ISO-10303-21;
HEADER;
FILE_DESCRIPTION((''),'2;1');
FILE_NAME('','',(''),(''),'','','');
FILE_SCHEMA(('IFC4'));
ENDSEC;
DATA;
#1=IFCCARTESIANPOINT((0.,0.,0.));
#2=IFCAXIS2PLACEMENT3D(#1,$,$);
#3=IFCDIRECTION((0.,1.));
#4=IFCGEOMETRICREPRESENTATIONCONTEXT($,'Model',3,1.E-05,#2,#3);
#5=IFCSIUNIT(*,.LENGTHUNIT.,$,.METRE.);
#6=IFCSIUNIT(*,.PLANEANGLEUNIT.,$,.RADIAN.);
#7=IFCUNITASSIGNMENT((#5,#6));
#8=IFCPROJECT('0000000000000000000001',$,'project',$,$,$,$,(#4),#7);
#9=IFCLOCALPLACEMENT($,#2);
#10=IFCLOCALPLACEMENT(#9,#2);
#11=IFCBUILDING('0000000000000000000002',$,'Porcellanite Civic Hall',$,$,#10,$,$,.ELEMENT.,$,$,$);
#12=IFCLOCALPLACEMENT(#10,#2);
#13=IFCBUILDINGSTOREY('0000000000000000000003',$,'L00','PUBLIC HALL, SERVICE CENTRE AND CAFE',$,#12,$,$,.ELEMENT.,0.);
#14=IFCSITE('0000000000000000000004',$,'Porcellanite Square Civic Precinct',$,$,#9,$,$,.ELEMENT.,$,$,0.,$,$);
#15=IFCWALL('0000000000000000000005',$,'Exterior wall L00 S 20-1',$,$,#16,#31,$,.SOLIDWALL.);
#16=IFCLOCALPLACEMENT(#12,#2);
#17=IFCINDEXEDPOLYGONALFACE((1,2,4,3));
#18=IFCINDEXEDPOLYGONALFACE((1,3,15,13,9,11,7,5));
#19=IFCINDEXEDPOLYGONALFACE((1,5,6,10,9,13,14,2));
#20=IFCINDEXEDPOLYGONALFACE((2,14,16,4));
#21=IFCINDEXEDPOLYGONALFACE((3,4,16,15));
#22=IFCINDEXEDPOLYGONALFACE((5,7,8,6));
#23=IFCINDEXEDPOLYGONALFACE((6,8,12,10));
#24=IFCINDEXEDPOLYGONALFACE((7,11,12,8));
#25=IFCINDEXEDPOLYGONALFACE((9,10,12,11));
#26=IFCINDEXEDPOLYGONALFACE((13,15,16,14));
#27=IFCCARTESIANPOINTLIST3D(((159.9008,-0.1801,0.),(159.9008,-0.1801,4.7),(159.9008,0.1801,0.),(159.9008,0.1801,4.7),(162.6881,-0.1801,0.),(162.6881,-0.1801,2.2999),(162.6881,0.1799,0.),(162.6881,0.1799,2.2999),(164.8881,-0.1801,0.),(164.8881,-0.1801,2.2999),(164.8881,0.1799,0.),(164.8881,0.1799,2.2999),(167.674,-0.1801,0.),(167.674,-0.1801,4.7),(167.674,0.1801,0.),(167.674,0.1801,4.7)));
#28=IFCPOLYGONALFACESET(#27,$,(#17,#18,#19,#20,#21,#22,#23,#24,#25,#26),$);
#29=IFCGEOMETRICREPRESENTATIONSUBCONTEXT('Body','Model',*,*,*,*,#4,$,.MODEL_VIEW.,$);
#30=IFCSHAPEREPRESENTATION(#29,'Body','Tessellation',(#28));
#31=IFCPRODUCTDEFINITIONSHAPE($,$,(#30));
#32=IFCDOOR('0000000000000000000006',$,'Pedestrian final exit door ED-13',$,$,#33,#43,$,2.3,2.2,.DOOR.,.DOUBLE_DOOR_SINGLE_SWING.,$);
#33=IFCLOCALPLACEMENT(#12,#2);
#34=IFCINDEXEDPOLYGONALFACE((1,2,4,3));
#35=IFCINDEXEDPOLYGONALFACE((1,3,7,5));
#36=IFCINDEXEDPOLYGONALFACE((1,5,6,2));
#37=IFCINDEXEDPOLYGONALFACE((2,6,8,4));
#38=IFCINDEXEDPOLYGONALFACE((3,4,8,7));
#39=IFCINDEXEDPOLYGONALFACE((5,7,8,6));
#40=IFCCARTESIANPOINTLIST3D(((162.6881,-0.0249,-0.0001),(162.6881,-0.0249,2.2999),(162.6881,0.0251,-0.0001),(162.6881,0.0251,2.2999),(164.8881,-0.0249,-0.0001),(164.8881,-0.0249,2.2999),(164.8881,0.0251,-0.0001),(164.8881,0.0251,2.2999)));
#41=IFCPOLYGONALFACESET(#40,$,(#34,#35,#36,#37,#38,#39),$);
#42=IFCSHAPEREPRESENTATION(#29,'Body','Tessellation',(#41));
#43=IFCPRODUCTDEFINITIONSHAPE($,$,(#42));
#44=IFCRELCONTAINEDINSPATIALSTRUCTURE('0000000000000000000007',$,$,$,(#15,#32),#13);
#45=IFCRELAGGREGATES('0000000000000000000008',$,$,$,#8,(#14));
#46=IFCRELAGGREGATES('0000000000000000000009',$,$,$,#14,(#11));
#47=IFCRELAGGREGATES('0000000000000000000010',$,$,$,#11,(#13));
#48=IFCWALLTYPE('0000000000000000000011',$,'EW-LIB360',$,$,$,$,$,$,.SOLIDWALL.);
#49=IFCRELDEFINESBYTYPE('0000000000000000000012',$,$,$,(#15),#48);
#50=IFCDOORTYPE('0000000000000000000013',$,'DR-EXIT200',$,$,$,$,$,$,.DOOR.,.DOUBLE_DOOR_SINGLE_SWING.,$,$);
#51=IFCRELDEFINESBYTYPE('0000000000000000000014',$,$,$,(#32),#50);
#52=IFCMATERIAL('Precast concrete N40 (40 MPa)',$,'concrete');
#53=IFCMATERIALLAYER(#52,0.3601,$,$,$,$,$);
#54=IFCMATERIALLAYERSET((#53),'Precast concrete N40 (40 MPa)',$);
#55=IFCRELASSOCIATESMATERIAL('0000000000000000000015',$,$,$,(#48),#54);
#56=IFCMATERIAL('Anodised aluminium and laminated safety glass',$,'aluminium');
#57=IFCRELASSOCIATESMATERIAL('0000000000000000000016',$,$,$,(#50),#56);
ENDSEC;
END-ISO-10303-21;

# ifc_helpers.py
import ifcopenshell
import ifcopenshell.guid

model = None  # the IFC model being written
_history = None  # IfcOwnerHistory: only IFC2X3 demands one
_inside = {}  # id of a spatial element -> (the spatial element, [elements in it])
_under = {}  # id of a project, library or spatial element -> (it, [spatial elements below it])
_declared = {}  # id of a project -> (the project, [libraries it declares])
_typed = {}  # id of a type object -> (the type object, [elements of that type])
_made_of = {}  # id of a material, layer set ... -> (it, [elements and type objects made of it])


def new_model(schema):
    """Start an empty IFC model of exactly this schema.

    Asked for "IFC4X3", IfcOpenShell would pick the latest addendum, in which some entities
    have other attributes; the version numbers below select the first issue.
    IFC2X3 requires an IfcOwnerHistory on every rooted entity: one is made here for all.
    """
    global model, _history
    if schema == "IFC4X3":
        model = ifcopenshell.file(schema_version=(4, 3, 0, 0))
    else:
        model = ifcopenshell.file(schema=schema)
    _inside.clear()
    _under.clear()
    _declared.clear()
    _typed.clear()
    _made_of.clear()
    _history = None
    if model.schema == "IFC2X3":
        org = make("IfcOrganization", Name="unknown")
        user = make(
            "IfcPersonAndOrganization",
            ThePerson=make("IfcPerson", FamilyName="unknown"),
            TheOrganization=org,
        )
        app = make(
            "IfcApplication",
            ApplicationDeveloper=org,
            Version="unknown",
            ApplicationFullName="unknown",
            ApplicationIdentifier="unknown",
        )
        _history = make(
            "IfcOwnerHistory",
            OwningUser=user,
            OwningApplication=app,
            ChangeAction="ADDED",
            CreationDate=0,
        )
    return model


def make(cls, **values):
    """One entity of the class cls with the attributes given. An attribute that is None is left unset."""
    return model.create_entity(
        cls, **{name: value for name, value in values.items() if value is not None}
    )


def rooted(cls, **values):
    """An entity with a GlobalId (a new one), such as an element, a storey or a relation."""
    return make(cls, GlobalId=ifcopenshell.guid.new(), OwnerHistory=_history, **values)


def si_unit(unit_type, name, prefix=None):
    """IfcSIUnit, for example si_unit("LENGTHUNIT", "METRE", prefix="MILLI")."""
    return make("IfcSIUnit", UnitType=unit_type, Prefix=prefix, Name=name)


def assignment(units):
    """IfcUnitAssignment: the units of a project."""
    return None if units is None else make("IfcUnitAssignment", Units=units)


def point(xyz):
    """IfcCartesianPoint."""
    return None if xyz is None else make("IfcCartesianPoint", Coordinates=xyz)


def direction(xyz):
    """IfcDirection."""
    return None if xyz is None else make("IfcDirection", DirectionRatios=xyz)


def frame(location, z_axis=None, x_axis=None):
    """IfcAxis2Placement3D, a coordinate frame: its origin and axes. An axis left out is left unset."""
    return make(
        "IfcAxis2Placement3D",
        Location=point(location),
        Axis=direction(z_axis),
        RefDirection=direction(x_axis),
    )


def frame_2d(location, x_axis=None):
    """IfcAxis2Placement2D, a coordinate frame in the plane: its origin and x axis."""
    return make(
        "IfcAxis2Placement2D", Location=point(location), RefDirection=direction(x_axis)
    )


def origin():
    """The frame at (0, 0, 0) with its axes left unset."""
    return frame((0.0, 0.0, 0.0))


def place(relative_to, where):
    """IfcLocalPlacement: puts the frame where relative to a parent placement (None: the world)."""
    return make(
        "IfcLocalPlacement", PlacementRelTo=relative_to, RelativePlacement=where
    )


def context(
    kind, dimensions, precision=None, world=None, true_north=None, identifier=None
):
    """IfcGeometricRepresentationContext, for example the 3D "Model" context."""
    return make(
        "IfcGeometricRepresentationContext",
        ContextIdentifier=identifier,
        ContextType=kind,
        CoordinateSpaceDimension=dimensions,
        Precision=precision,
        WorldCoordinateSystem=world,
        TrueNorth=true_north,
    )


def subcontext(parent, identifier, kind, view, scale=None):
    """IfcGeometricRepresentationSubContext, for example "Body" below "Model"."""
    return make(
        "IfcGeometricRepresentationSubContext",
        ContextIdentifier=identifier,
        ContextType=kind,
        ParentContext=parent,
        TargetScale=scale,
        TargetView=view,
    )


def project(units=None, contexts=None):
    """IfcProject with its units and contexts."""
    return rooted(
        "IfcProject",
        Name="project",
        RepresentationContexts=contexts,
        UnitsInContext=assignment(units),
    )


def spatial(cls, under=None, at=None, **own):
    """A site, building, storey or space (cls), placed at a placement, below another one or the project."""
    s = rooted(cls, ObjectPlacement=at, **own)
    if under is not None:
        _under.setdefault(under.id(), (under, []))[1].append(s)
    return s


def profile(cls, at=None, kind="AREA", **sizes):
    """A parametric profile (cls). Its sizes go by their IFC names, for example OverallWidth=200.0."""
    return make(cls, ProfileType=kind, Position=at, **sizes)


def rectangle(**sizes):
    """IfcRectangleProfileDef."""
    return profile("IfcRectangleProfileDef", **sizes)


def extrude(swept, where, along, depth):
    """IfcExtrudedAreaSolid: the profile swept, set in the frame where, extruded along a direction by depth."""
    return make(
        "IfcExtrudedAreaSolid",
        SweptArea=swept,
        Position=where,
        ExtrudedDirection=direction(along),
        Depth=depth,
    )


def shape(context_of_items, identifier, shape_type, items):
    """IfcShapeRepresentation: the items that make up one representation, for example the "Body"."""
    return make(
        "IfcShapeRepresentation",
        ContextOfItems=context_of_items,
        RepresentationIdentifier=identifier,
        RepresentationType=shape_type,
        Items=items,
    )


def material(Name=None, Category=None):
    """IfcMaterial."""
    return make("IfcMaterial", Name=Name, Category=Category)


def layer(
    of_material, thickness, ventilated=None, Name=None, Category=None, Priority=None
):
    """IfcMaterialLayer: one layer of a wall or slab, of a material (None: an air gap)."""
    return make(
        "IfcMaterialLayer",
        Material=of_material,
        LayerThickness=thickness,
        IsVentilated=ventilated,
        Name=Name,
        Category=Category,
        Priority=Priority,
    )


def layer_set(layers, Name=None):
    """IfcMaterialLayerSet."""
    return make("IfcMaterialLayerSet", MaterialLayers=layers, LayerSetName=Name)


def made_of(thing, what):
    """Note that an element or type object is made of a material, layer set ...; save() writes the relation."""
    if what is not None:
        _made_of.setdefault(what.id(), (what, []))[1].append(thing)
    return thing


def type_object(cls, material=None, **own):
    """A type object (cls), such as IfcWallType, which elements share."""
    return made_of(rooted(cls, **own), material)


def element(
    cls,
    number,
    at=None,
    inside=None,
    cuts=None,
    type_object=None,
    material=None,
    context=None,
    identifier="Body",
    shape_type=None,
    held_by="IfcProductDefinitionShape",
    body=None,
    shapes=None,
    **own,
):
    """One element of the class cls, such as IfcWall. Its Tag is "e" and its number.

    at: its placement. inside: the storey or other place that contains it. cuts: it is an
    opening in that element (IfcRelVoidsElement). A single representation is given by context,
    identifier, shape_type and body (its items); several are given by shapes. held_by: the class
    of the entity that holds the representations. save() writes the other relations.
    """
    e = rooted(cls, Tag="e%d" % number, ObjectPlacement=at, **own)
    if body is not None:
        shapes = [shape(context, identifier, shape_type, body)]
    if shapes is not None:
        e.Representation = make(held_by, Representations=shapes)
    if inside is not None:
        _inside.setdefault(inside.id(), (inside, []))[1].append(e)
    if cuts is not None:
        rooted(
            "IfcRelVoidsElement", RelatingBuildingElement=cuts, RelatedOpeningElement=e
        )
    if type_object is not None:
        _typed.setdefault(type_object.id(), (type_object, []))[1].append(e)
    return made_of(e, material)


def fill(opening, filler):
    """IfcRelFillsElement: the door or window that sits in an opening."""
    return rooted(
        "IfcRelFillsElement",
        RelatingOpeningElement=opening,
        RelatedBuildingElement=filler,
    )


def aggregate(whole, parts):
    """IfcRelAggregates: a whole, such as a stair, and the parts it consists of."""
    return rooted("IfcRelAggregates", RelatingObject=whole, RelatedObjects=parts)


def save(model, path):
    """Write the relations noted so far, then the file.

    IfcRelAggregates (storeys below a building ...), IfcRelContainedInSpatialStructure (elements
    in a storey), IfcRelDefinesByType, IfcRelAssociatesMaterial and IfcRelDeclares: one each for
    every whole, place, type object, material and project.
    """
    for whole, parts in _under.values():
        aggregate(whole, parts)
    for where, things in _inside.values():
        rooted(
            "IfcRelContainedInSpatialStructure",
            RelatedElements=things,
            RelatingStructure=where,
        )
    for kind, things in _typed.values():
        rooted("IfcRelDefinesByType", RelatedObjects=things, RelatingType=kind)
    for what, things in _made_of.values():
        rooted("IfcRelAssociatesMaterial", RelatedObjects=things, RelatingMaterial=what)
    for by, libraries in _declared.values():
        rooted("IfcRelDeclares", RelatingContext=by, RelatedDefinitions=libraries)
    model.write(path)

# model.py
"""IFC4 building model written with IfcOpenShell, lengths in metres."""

from ifc_helpers import new_model, si_unit, direction, frame, frame_2d, origin, place, context, subcontext, project, spatial, rectangle, extrude, material, layer, layer_set, type_object, element, fill, save


model = new_model("IFC4")

# Units and contexts
model_context = context("Model", 3, precision=1e-05, world=origin(), true_north=direction((0.0, 1.0)))
body_context = subcontext(model_context, "Body", "Model", "MODEL_VIEW")
ifc_project = project(units=[si_unit("LENGTHUNIT", "METRE"), si_unit("PLANEANGLEUNIT", "RADIAN")], contexts=[model_context])

# Site, building, storey
site_placement = place(None, origin())
site = spatial("IfcSite", under=ifc_project, at=site_placement, Name="Porcellanite Square Civic Precinct", CompositionType="ELEMENT", RefElevation=0.0)
building_placement = place(site_placement, origin())
building = spatial("IfcBuilding", under=site, at=building_placement, Name="Porcellanite Civic Hall", CompositionType="ELEMENT")
storey_placement = place(building_placement, origin())
storey = spatial("IfcBuildingStorey", under=building, at=storey_placement, Name="L00", Description="PUBLIC HALL, SERVICE CENTRE AND CAFE", CompositionType="ELEMENT", Elevation=0.0)

# Wall, opening, door
ifc_material_1 = material(Name="Precast concrete N40 (40 MPa)", Category="concrete")
ifc_layer = layer(ifc_material_1, 0.3601)
ifc_layer_set = layer_set([ifc_layer], Name="Precast concrete N40 (40 MPa)")
wall_type = type_object("IfcWallType", Name="EW-LIB360", PredefinedType="SOLIDWALL", material=ifc_layer_set)
wall_1_placement = place(storey_placement, frame((167.6741, 0.0, 0.0), z_axis=(0.0, 0.0, 1.0), x_axis=(-1.0, 0.0, 0.0)))
wall_1 = element("IfcWall", 1, at=wall_1_placement, inside=storey, type_object=wall_type, Name="Exterior wall L00 S 20-1", PredefinedType="SOLIDWALL", context=body_context, shape_type="SweptSolid", body=[
    extrude(rectangle(XDim=7.7732, YDim=0.3601, at=frame_2d((3.8867, 0.0))), origin(), (0.0, 0.0, 1.0), 4.7),
])
opening_1_placement = place(wall_1_placement, frame((2.7859, 0.0, 0.0)))
opening_1 = element("IfcOpeningElement", 2, at=opening_1_placement, cuts=wall_1, PredefinedType="OPENING", context=body_context, shape_type="SweptSolid", body=[
    extrude(rectangle(XDim=2.2, YDim=2.3, at=frame_2d((1.1001, 1.1499))), frame((0.0, 0.1802, 0.0), z_axis=(0.0, -1.0, 0.0), x_axis=(1.0, 0.0, 0.0)), (0.0, 0.0, 1.0), 0.3601),
])
ifc_material_2 = material(Name="Anodised aluminium and laminated safety glass", Category="aluminium")
door_type_1 = type_object("IfcDoorType", Name="DR-EXIT200", OperationType="DOUBLE_DOOR_SINGLE_SWING", PredefinedType="DOOR", material=ifc_material_2)
door_1_placement = place(opening_1_placement, origin())
door_1 = element("IfcDoor", 3, at=door_1_placement, inside=storey, type_object=door_type_1, Name="Pedestrian final exit door ED-13", OperationType="DOUBLE_DOOR_SINGLE_SWING", OverallHeight=2.3, OverallWidth=2.2, PredefinedType="DOOR", context=body_context, shape_type="SweptSolid", body=[
    extrude(rectangle(XDim=2.2, YDim=2.3, at=frame_2d((1.1001, 1.1499))), frame((0.0, 0.0249, 0.0), z_axis=(0.0, -1.0, 0.0), x_axis=(1.0, 0.0, 0.0)), (0.0, 0.0, 1.0), 0.05),
])
fill(opening_1, door_1)

save(model, "model.ifc")
